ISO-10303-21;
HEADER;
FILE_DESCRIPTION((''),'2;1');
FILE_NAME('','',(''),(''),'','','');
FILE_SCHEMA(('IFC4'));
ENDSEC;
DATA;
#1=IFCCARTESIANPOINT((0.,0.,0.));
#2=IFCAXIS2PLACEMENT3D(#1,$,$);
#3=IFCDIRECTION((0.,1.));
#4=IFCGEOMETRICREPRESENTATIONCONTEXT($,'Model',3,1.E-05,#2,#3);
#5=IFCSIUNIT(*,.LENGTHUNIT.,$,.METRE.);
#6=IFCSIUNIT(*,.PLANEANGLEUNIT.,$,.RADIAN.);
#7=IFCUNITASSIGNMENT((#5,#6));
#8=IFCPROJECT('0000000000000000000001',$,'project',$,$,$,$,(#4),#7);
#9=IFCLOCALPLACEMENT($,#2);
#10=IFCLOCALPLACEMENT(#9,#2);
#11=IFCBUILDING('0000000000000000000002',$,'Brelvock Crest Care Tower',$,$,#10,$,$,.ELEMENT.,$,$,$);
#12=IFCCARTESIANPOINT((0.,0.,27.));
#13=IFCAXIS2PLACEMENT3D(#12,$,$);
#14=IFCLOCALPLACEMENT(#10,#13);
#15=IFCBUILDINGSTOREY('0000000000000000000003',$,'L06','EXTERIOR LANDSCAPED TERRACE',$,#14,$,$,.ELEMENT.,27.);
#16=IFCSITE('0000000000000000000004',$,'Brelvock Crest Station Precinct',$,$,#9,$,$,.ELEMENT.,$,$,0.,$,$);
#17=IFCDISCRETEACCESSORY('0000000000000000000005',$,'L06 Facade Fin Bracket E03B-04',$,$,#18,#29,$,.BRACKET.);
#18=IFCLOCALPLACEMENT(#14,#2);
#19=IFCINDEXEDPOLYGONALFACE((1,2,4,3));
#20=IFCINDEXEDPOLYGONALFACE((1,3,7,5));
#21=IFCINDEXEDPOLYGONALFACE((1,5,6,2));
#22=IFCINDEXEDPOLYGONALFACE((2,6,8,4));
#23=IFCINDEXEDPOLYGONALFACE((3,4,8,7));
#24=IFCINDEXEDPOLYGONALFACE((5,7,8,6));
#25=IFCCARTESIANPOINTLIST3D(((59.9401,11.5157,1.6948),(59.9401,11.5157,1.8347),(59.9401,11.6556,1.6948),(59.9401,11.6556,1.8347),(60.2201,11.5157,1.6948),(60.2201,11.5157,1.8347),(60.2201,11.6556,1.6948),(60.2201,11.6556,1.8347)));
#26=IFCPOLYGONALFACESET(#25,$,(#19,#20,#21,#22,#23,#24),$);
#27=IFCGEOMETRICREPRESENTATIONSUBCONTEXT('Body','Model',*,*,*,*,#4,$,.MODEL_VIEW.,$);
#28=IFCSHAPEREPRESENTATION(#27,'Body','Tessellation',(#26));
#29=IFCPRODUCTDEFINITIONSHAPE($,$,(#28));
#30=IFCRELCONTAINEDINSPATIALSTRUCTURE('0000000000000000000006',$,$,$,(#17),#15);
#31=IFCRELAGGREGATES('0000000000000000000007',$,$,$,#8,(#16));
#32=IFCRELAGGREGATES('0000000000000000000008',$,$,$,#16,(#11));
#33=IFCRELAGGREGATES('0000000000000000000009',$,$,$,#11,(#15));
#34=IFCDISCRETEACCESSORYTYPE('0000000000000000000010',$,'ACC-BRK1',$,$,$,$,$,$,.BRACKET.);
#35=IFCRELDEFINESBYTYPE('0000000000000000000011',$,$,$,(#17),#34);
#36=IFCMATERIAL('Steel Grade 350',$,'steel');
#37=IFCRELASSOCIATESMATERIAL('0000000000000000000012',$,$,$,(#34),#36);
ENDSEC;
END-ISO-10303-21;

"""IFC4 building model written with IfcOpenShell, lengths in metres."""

from ifc_helpers import new_model, si_unit, direction, frame, origin, origin_2d, place, context, subcontext, project, spatial, rectangle, extrude, source, transform, mapped, material, type_object, element, save


model = new_model("IFC4")

# Units and contexts
model_context = context("Model", 3, precision=1e-05, world=origin(), true_north=direction((0.0, 1.0)))
body_context = subcontext(model_context, "Body", "Model", "MODEL_VIEW")
ifc_project = project(units=[si_unit("LENGTHUNIT", "METRE"), si_unit("PLANEANGLEUNIT", "RADIAN")], contexts=[model_context])

# Site, building, storey
site_placement = place(None, origin())
site = spatial("IfcSite", under=ifc_project, at=site_placement, Name="Brelvock Crest Station Precinct", CompositionType="ELEMENT", RefElevation=0.0)
building_placement = place(site_placement, origin())
building = spatial("IfcBuilding", under=site, at=building_placement, Name="Brelvock Crest Care Tower", CompositionType="ELEMENT")
storey_placement = place(building_placement, frame((0.0, 0.0, 27.0)))
storey = spatial("IfcBuildingStorey", under=building, at=storey_placement, Name="L06", Description="EXTERIOR LANDSCAPED TERRACE", CompositionType="ELEMENT", Elevation=27.0)

# Shared definitions
ifc_material_1 = material(Name="Steel Grade 350", Category="steel")

# Discrete accessory
discrete_accessory_type = type_object("IfcDiscreteAccessoryType", Name="ACC-BRK1", PredefinedType="BRACKET", material=ifc_material_1)
shared_shape_1 = source(origin(), body_context, "Body", "SweptSolid", [
    extrude(rectangle(XDim=0.28, YDim=0.1399, at=origin_2d()), origin(), (0.0, 0.0, 1.0), 0.1399),
])
discrete_accessory_placement = place(storey_placement, frame((60.0801, 11.5857, 1.6948), z_axis=(0.0, 0.0, 1.0), x_axis=(1.0, 0.0, 0.0)))
element("IfcDiscreteAccessory", 1, at=discrete_accessory_placement, inside=storey, type_object=discrete_accessory_type, Name="L06 Facade Fin Bracket E03B-04", PredefinedType="BRACKET", context=body_context, shape_type="MappedRepresentation", body=[
    mapped(shared_shape_1, transform((0.0, 0.0, 0.0), x_axis=(1.0, 0.0, 0.0), y_axis=(0.0, 1.0, 0.0), z_axis=(0.0, 0.0, 1.0), scale=1.0)),
])

save(model, "model.ifc")
